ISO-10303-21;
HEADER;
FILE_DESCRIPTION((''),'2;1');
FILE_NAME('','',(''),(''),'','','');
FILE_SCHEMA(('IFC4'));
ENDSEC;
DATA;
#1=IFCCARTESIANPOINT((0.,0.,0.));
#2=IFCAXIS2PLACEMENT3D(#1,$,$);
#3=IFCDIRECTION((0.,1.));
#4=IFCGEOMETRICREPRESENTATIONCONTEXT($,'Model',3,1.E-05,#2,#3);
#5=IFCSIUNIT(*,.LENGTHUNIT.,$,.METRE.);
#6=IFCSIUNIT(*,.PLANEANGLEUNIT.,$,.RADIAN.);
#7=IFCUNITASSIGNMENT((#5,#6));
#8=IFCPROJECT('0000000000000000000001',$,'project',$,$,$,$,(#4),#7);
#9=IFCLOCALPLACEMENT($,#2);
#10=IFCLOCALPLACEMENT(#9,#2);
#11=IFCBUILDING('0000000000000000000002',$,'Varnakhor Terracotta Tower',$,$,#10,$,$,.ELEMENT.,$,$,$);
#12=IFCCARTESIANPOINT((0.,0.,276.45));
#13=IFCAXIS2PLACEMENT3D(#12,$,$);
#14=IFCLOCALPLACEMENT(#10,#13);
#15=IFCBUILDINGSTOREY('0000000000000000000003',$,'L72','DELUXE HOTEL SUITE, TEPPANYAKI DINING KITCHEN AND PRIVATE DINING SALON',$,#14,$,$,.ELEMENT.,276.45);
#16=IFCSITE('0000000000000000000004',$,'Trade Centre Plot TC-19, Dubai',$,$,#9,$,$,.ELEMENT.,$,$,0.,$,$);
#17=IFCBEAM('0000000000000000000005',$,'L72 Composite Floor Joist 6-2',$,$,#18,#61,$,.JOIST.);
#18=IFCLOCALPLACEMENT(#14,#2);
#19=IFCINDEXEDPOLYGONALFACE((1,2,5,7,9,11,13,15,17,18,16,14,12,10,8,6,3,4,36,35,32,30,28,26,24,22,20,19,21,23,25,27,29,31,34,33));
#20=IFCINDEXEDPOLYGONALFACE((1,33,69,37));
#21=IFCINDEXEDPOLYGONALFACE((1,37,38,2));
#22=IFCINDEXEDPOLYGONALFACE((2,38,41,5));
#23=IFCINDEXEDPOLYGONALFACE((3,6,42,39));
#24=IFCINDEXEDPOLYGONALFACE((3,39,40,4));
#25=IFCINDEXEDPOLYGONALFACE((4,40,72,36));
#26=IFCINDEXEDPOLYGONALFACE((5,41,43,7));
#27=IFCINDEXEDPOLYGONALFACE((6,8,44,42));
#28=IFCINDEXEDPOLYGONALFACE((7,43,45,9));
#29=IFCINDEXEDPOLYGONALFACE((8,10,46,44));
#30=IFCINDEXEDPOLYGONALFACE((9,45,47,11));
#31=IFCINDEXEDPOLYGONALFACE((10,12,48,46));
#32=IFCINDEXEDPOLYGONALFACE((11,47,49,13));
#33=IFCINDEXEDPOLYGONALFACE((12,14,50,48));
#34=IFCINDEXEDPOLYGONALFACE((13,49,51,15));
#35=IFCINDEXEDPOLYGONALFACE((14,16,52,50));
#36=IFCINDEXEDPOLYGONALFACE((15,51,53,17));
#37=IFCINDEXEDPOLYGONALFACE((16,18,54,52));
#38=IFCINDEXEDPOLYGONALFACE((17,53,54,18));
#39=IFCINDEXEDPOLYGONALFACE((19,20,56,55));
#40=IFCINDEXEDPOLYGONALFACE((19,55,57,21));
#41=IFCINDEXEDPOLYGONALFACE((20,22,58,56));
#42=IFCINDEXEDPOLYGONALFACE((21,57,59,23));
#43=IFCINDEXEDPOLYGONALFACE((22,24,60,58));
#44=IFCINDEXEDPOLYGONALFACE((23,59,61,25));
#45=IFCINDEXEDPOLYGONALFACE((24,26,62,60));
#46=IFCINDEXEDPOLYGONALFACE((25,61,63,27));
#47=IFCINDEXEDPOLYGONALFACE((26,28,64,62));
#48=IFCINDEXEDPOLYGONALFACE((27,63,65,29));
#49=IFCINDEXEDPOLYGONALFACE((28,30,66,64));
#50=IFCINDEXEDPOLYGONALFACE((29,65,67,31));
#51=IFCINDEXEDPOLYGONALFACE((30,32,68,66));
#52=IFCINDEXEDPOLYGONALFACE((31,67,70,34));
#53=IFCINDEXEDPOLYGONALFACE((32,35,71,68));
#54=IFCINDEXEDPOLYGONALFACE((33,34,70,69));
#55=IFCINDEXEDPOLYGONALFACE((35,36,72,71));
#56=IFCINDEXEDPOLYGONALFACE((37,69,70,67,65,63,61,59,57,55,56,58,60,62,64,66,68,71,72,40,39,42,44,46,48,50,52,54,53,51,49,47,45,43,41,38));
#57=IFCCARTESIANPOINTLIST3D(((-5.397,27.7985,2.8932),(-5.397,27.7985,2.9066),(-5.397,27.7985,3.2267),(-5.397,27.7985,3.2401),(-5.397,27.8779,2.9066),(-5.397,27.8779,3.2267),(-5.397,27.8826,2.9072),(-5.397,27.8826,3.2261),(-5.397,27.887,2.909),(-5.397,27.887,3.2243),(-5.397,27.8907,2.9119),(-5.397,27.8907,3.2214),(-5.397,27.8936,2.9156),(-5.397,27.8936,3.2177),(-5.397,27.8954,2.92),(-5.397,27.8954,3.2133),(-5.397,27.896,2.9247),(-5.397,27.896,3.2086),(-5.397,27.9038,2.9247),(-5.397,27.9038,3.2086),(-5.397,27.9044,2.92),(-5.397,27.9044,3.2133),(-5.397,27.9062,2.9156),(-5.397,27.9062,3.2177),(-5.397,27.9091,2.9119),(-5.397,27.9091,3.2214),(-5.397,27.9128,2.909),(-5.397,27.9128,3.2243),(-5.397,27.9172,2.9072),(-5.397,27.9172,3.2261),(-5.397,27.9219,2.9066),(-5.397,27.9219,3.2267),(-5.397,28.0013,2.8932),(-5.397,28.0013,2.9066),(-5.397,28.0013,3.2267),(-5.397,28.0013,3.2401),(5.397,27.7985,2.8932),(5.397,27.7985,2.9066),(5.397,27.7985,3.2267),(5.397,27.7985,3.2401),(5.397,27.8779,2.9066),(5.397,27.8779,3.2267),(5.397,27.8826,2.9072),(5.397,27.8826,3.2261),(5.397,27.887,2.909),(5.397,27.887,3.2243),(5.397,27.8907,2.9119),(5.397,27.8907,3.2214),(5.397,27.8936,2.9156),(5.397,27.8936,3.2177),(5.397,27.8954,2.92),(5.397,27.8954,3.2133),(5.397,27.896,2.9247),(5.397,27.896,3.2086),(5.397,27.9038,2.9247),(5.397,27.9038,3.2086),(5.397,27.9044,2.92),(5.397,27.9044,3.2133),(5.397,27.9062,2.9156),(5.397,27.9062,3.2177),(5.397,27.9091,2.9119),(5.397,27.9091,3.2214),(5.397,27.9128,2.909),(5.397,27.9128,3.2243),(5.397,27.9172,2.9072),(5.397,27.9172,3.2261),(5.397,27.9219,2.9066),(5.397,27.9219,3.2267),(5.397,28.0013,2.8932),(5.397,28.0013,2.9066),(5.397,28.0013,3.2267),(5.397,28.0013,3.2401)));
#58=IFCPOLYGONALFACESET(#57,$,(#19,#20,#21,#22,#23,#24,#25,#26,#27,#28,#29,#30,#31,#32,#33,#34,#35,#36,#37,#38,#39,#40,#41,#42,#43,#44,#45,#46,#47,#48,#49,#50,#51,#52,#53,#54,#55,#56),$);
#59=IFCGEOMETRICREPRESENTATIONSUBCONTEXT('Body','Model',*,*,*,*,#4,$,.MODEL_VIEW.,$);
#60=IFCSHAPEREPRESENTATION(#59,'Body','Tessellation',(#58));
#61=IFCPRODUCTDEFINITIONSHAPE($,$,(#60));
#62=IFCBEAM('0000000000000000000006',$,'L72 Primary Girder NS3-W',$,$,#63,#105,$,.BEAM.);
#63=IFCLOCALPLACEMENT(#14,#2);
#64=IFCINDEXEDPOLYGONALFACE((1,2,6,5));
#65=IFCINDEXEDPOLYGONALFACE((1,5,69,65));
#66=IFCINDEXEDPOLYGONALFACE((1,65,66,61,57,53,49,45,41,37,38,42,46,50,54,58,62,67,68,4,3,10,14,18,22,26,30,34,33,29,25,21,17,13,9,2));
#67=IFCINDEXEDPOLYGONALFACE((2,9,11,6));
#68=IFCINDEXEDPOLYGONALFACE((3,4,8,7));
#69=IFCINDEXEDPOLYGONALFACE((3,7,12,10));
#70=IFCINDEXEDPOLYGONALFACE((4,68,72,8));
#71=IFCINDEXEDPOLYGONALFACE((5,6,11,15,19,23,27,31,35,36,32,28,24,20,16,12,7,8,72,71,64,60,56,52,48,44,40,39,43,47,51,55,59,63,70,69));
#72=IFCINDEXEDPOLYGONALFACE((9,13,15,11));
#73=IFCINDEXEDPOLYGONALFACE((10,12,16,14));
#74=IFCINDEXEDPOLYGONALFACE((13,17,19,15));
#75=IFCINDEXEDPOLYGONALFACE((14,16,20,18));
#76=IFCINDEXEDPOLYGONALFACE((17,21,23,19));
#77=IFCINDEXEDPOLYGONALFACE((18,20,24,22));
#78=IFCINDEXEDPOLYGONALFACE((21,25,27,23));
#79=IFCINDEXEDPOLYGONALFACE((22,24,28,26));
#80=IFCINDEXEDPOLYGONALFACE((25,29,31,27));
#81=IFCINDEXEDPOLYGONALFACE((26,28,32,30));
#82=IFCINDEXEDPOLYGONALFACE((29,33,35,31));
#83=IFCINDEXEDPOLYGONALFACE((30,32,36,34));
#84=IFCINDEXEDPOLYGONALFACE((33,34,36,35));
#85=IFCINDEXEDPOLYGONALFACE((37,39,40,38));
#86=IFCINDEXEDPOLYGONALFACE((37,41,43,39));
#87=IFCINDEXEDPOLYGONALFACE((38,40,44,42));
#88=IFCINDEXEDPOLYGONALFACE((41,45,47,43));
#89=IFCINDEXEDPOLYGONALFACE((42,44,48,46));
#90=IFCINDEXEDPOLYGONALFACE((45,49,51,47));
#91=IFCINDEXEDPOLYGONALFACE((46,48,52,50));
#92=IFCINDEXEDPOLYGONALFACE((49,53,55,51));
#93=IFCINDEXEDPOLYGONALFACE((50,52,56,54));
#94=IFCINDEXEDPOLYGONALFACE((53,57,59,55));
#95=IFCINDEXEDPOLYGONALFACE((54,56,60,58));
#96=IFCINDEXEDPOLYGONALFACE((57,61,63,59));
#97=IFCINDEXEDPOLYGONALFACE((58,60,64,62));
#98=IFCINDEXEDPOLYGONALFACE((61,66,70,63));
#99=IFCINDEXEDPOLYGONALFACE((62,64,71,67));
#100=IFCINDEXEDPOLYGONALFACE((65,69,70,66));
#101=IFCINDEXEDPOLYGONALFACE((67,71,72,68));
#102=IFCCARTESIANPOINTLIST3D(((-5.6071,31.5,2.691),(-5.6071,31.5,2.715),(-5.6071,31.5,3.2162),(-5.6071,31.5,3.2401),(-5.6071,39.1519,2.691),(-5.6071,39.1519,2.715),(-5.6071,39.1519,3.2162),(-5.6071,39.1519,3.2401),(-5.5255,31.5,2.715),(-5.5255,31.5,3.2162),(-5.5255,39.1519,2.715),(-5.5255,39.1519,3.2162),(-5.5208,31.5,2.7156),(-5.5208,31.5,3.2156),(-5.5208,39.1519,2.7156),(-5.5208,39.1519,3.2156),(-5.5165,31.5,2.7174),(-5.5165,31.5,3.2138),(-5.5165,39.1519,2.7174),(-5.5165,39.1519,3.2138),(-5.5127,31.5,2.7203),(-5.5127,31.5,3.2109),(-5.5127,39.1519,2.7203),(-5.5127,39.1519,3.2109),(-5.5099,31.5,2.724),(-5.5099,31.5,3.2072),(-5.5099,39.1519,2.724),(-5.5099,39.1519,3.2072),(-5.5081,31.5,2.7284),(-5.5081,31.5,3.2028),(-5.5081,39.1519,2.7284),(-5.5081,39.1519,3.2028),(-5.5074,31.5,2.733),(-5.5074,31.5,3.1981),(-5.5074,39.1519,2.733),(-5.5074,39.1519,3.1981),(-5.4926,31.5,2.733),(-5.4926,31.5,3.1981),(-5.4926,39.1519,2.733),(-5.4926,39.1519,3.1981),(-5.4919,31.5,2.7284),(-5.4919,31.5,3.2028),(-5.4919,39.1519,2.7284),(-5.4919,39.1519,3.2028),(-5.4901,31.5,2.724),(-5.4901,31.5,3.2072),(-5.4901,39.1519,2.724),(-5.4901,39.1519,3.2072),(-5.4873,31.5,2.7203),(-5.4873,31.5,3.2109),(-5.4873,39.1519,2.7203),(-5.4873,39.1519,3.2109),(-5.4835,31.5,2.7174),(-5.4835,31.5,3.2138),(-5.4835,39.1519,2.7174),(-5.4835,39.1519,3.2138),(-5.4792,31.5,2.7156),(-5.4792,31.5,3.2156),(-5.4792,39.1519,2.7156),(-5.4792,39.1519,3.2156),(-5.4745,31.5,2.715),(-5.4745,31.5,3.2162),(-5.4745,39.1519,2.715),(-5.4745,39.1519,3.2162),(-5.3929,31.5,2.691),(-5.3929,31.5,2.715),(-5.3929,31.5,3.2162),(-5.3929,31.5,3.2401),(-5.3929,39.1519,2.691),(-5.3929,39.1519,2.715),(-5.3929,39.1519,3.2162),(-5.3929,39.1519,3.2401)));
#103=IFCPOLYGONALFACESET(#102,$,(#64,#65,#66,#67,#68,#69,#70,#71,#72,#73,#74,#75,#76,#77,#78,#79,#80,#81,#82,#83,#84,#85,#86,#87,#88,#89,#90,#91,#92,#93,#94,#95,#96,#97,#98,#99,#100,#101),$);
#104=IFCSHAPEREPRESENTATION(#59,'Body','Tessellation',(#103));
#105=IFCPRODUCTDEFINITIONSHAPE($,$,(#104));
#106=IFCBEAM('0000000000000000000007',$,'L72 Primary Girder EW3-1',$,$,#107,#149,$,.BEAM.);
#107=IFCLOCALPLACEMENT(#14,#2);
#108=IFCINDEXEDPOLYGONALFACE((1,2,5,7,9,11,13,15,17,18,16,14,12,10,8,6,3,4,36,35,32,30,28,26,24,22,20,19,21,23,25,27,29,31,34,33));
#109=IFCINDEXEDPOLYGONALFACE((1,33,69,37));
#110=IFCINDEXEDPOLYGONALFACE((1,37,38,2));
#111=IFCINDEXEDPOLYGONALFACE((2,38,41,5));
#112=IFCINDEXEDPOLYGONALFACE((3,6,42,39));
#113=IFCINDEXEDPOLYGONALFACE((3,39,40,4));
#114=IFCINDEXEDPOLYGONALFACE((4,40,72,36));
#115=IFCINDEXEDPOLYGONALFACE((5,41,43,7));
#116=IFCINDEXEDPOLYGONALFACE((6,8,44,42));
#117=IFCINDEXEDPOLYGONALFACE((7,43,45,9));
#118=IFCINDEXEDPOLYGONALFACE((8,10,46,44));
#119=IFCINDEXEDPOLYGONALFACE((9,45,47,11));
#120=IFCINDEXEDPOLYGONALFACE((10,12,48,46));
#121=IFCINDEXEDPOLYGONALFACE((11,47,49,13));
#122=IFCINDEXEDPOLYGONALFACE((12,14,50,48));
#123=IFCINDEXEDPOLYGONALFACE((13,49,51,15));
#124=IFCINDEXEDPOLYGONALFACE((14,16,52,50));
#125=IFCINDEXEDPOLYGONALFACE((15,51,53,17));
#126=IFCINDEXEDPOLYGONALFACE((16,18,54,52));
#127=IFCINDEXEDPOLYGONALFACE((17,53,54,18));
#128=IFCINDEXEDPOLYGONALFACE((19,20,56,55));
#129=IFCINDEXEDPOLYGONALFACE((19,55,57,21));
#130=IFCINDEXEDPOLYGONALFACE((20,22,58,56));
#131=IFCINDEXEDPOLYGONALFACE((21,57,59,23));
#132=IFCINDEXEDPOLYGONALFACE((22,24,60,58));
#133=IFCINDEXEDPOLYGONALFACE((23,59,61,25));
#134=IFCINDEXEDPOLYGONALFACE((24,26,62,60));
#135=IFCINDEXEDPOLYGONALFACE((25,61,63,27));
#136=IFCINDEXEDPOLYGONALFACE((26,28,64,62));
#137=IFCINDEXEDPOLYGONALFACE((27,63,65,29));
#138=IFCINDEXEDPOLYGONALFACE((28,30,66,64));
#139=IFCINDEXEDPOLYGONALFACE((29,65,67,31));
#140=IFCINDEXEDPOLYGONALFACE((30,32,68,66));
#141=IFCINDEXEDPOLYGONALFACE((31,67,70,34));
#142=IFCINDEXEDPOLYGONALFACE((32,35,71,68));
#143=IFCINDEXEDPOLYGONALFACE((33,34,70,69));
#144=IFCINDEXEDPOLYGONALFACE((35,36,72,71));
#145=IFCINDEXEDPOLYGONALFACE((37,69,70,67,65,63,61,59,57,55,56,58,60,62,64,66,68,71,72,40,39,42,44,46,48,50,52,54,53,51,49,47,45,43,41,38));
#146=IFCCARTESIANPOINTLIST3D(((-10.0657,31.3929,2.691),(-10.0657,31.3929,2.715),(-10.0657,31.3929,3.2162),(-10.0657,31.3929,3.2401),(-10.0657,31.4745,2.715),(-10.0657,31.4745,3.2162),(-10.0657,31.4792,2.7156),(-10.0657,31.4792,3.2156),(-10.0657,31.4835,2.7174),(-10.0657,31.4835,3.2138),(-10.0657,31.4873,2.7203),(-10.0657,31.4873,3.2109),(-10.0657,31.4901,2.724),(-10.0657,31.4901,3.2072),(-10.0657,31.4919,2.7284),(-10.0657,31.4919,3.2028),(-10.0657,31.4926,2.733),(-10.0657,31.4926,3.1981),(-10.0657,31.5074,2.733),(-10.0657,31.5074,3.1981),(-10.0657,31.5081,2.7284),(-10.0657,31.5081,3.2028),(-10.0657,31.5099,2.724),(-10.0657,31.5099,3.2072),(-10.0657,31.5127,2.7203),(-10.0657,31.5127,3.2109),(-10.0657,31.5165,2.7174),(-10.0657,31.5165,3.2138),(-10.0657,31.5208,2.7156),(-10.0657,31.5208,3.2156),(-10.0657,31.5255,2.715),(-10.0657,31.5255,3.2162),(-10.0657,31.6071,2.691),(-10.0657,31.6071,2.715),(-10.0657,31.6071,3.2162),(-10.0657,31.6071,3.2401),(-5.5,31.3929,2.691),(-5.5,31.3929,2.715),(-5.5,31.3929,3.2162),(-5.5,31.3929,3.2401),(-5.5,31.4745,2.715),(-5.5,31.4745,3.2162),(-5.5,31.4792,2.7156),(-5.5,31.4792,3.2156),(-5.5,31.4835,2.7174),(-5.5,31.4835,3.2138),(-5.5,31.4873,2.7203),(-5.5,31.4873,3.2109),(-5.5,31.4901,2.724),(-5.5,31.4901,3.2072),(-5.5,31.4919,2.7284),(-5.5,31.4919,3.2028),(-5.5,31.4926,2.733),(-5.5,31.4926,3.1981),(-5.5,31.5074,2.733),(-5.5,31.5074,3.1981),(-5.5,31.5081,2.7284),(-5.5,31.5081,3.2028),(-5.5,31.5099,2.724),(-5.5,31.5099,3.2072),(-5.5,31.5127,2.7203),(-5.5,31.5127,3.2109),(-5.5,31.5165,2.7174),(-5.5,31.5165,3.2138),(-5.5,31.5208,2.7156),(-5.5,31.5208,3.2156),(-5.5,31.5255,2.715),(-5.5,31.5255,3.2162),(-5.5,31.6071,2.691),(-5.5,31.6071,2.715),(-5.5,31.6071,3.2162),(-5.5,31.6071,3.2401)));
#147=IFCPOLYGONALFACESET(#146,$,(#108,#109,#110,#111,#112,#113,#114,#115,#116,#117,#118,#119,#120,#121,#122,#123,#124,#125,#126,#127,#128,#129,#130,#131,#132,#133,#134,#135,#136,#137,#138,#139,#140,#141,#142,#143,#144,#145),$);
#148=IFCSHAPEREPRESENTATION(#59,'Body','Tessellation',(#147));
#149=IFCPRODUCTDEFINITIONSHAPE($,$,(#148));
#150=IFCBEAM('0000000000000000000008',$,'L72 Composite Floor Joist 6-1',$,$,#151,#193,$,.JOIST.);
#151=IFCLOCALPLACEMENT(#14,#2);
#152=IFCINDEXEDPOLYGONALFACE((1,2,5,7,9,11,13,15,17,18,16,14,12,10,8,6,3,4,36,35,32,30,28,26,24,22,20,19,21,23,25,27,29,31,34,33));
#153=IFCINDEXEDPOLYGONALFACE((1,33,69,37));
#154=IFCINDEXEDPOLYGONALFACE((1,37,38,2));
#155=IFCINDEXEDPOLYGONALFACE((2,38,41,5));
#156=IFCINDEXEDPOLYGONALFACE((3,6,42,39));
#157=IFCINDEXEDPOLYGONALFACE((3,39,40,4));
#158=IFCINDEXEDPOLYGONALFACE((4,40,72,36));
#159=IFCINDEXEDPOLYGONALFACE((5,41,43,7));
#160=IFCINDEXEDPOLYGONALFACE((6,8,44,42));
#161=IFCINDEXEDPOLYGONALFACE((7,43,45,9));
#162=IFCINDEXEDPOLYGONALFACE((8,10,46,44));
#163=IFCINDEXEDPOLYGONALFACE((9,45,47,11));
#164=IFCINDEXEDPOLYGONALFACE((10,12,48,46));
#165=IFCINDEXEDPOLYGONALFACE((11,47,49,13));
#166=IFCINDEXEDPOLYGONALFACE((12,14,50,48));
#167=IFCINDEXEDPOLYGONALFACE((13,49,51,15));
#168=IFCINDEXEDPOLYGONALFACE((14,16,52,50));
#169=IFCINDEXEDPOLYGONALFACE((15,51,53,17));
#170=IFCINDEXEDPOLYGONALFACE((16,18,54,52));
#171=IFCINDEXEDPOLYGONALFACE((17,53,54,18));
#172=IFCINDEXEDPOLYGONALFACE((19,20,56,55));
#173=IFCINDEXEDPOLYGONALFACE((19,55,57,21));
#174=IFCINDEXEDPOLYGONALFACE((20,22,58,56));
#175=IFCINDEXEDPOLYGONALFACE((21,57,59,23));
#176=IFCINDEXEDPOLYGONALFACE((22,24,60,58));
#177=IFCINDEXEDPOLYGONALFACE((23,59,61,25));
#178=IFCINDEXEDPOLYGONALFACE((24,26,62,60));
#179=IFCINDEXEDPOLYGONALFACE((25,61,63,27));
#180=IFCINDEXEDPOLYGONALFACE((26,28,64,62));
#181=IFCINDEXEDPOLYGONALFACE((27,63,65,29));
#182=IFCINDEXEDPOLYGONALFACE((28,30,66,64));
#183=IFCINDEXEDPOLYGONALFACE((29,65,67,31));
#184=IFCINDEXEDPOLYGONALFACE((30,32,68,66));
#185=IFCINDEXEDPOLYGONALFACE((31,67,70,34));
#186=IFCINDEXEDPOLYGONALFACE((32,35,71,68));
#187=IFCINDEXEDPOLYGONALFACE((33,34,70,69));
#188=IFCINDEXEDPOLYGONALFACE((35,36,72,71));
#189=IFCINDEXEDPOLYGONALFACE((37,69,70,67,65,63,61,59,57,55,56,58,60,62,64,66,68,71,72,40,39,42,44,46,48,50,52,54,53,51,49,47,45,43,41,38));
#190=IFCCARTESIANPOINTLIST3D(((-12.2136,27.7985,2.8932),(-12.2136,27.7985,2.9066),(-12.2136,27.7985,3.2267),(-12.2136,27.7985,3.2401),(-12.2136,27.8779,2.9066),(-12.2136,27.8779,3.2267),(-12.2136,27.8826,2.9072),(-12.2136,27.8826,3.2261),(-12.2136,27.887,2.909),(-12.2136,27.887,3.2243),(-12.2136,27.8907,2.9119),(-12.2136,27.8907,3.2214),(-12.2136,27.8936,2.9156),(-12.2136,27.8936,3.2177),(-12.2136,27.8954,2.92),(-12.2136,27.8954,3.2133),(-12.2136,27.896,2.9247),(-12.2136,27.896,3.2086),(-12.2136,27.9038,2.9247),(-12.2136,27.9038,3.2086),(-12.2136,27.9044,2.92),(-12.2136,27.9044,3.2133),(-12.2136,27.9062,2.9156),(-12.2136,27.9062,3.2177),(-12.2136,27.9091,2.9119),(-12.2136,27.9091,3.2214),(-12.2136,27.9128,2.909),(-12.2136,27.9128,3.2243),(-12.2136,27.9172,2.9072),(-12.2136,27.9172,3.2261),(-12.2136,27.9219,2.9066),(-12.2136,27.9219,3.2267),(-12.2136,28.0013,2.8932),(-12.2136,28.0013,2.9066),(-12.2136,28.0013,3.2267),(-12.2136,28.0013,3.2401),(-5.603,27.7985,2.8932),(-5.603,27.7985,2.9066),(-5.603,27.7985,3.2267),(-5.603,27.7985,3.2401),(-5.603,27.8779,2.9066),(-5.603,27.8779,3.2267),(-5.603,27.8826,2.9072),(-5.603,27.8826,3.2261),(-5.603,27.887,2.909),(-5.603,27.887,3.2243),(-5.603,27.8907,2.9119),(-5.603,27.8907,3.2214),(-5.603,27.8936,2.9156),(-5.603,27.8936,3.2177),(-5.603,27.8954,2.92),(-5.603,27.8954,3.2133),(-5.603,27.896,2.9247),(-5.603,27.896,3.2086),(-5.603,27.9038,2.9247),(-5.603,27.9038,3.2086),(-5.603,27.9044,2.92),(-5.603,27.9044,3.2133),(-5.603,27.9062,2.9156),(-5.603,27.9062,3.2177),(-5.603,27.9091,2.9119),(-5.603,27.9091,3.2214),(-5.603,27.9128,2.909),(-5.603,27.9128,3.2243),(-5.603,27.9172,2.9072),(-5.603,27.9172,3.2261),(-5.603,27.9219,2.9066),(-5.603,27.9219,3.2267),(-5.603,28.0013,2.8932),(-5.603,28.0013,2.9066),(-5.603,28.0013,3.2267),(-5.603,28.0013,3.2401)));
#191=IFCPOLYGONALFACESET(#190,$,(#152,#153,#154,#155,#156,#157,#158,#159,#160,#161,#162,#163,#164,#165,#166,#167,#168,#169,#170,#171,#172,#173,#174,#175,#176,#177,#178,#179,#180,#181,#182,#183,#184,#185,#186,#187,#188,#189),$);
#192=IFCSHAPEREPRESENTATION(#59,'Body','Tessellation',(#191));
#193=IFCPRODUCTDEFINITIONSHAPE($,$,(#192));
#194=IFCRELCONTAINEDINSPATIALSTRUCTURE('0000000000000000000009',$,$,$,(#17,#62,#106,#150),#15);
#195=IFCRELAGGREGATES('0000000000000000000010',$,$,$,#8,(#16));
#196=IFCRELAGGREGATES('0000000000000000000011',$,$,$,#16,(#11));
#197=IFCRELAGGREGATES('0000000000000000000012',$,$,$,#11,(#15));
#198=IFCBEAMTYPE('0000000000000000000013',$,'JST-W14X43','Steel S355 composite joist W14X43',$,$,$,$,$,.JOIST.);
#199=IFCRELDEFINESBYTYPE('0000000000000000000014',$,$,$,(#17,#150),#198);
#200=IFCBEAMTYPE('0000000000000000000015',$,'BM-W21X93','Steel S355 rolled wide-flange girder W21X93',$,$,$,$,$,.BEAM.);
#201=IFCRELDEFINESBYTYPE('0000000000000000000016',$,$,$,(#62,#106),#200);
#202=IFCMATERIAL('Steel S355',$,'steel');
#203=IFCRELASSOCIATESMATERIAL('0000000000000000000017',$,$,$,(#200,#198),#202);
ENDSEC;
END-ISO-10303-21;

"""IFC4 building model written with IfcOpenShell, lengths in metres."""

from ifc_helpers import new_model, si_unit, direction, frame, origin, origin_2d, place, context, subcontext, project, spatial, i_section, extrude, source, transform, mapped, material, material_profile, profile_set, type_object, element, save


model = new_model("IFC4")

# Units and contexts
model_context = context("Model", 3, precision=1e-05, world=origin(), true_north=direction((0.0, 1.0)))
body_context = subcontext(model_context, "Body", "Model", "MODEL_VIEW")
ifc_project = project(units=[si_unit("LENGTHUNIT", "METRE"), si_unit("PLANEANGLEUNIT", "RADIAN")], contexts=[model_context])

# Site, building, storey
site_placement = place(None, origin())
site = spatial("IfcSite", under=ifc_project, at=site_placement, Name="Trade Centre Plot TC-19, Dubai", CompositionType="ELEMENT", RefElevation=0.0)
building_placement = place(site_placement, origin())
building = spatial("IfcBuilding", under=site, at=building_placement, Name="Varnakhor Terracotta Tower", CompositionType="ELEMENT")
storey_placement = place(building_placement, frame((0.0, 0.0, 276.45)))
storey = spatial("IfcBuildingStorey", under=building, at=storey_placement, Name="L72", Description="DELUXE HOTEL SUITE, TEPPANYAKI DINING KITCHEN AND PRIVATE DINING SALON", CompositionType="ELEMENT", Elevation=276.45)

# Beams
ifc_material_1 = material(Name="Steel S355", Category="steel")
ifc_material_profile_1 = material_profile(ifc_material_1, i_section(OverallWidth=0.2141, OverallDepth=0.5491, WebThickness=0.0149, FlangeThickness=0.0239, FilletRadius=0.0181, at=origin_2d()), Name="W21X93")
ifc_profile_set_1 = profile_set([ifc_material_profile_1], Name="Steel S355")
beam_type_1 = type_object("IfcBeamType", Name="BM-W21X93", Description="Steel S355 rolled wide-flange girder W21X93", PredefinedType="BEAM", material=ifc_profile_set_1)
ifc_material_profile_2 = material_profile(ifc_material_1, i_section(OverallWidth=0.2029, OverallDepth=0.3469, WebThickness=0.0078, FlangeThickness=0.0134, FilletRadius=0.0181, at=origin_2d()), Name="W14X43")
ifc_profile_set_2 = profile_set([ifc_material_profile_2], Name="Steel S355")
beam_type_2 = type_object("IfcBeamType", Name="JST-W14X43", Description="Steel S355 composite joist W14X43", PredefinedType="JOIST", material=ifc_profile_set_2)
shared_shape_1 = source(origin(), body_context, "Body", "SweptSolid", [
    extrude(i_section(OverallWidth=0.2029, OverallDepth=0.3469, WebThickness=0.0078, FlangeThickness=0.0134, FilletRadius=0.0181, at=origin_2d()), origin(), (0.0, 0.0, 1.0), 10.7939),
])
beam_1_placement = place(storey_placement, frame((-5.397, 27.8999, 3.0667), z_axis=(1.0, 0.0, 0.0), x_axis=(0.0, 1.0, 0.0)))
element("IfcBeam", 1, at=beam_1_placement, inside=storey, type_object=beam_type_2, Name="L72 Composite Floor Joist 6-2", PredefinedType="JOIST", context=body_context, shape_type="MappedRepresentation", body=[
    mapped(shared_shape_1, transform((0.0, 0.0, 0.0), scale=1.0)),
])
shared_shape_2 = source(origin(), body_context, "Body", "SweptSolid", [
    extrude(i_section(OverallWidth=0.2141, OverallDepth=0.5491, WebThickness=0.0149, FlangeThickness=0.0239, FilletRadius=0.0181, at=origin_2d()), origin(), (0.0, 0.0, 1.0), 7.6519),
])
beam_2_placement = place(storey_placement, frame((-5.5, 31.5, 2.9656), z_axis=(0.0, 1.0, 0.0), x_axis=(-1.0, 0.0, 0.0)))
element("IfcBeam", 2, at=beam_2_placement, inside=storey, type_object=beam_type_1, Name="L72 Primary Girder NS3-W", PredefinedType="BEAM", context=body_context, shape_type="MappedRepresentation", body=[
    mapped(shared_shape_2, transform((0.0, 0.0, 0.0), scale=1.0)),
])
shared_shape_3 = source(origin(), body_context, "Body", "SweptSolid", [
    extrude(i_section(OverallWidth=0.2141, OverallDepth=0.5491, WebThickness=0.0149, FlangeThickness=0.0239, FilletRadius=0.0181, at=origin_2d()), origin(), (0.0, 0.0, 1.0), 4.5657),
])
beam_3_placement = place(storey_placement, frame((-10.0657, 31.5, 2.9656), z_axis=(1.0, 0.0, 0.0), x_axis=(0.0, 1.0, 0.0)))
element("IfcBeam", 3, at=beam_3_placement, inside=storey, type_object=beam_type_1, Name="L72 Primary Girder EW3-1", PredefinedType="BEAM", context=body_context, shape_type="MappedRepresentation", body=[
    mapped(shared_shape_3, transform((0.0, 0.0, 0.0), scale=1.0)),
])
shared_shape_4 = source(origin(), body_context, "Body", "SweptSolid", [
    extrude(i_section(OverallWidth=0.2029, OverallDepth=0.3469, WebThickness=0.0078, FlangeThickness=0.0134, FilletRadius=0.0181, at=origin_2d()), origin(), (0.0, 0.0, 1.0), 6.6106),
])
beam_4_placement = place(storey_placement, frame((-12.2136, 27.8999, 3.0667), z_axis=(1.0, 0.0, 0.0), x_axis=(0.0, 1.0, 0.0)))
element("IfcBeam", 4, at=beam_4_placement, inside=storey, type_object=beam_type_2, Name="L72 Composite Floor Joist 6-1", PredefinedType="JOIST", context=body_context, shape_type="MappedRepresentation", body=[
    mapped(shared_shape_4, transform((0.0, 0.0, 0.0), scale=1.0)),
])

save(model, "model.ifc")
